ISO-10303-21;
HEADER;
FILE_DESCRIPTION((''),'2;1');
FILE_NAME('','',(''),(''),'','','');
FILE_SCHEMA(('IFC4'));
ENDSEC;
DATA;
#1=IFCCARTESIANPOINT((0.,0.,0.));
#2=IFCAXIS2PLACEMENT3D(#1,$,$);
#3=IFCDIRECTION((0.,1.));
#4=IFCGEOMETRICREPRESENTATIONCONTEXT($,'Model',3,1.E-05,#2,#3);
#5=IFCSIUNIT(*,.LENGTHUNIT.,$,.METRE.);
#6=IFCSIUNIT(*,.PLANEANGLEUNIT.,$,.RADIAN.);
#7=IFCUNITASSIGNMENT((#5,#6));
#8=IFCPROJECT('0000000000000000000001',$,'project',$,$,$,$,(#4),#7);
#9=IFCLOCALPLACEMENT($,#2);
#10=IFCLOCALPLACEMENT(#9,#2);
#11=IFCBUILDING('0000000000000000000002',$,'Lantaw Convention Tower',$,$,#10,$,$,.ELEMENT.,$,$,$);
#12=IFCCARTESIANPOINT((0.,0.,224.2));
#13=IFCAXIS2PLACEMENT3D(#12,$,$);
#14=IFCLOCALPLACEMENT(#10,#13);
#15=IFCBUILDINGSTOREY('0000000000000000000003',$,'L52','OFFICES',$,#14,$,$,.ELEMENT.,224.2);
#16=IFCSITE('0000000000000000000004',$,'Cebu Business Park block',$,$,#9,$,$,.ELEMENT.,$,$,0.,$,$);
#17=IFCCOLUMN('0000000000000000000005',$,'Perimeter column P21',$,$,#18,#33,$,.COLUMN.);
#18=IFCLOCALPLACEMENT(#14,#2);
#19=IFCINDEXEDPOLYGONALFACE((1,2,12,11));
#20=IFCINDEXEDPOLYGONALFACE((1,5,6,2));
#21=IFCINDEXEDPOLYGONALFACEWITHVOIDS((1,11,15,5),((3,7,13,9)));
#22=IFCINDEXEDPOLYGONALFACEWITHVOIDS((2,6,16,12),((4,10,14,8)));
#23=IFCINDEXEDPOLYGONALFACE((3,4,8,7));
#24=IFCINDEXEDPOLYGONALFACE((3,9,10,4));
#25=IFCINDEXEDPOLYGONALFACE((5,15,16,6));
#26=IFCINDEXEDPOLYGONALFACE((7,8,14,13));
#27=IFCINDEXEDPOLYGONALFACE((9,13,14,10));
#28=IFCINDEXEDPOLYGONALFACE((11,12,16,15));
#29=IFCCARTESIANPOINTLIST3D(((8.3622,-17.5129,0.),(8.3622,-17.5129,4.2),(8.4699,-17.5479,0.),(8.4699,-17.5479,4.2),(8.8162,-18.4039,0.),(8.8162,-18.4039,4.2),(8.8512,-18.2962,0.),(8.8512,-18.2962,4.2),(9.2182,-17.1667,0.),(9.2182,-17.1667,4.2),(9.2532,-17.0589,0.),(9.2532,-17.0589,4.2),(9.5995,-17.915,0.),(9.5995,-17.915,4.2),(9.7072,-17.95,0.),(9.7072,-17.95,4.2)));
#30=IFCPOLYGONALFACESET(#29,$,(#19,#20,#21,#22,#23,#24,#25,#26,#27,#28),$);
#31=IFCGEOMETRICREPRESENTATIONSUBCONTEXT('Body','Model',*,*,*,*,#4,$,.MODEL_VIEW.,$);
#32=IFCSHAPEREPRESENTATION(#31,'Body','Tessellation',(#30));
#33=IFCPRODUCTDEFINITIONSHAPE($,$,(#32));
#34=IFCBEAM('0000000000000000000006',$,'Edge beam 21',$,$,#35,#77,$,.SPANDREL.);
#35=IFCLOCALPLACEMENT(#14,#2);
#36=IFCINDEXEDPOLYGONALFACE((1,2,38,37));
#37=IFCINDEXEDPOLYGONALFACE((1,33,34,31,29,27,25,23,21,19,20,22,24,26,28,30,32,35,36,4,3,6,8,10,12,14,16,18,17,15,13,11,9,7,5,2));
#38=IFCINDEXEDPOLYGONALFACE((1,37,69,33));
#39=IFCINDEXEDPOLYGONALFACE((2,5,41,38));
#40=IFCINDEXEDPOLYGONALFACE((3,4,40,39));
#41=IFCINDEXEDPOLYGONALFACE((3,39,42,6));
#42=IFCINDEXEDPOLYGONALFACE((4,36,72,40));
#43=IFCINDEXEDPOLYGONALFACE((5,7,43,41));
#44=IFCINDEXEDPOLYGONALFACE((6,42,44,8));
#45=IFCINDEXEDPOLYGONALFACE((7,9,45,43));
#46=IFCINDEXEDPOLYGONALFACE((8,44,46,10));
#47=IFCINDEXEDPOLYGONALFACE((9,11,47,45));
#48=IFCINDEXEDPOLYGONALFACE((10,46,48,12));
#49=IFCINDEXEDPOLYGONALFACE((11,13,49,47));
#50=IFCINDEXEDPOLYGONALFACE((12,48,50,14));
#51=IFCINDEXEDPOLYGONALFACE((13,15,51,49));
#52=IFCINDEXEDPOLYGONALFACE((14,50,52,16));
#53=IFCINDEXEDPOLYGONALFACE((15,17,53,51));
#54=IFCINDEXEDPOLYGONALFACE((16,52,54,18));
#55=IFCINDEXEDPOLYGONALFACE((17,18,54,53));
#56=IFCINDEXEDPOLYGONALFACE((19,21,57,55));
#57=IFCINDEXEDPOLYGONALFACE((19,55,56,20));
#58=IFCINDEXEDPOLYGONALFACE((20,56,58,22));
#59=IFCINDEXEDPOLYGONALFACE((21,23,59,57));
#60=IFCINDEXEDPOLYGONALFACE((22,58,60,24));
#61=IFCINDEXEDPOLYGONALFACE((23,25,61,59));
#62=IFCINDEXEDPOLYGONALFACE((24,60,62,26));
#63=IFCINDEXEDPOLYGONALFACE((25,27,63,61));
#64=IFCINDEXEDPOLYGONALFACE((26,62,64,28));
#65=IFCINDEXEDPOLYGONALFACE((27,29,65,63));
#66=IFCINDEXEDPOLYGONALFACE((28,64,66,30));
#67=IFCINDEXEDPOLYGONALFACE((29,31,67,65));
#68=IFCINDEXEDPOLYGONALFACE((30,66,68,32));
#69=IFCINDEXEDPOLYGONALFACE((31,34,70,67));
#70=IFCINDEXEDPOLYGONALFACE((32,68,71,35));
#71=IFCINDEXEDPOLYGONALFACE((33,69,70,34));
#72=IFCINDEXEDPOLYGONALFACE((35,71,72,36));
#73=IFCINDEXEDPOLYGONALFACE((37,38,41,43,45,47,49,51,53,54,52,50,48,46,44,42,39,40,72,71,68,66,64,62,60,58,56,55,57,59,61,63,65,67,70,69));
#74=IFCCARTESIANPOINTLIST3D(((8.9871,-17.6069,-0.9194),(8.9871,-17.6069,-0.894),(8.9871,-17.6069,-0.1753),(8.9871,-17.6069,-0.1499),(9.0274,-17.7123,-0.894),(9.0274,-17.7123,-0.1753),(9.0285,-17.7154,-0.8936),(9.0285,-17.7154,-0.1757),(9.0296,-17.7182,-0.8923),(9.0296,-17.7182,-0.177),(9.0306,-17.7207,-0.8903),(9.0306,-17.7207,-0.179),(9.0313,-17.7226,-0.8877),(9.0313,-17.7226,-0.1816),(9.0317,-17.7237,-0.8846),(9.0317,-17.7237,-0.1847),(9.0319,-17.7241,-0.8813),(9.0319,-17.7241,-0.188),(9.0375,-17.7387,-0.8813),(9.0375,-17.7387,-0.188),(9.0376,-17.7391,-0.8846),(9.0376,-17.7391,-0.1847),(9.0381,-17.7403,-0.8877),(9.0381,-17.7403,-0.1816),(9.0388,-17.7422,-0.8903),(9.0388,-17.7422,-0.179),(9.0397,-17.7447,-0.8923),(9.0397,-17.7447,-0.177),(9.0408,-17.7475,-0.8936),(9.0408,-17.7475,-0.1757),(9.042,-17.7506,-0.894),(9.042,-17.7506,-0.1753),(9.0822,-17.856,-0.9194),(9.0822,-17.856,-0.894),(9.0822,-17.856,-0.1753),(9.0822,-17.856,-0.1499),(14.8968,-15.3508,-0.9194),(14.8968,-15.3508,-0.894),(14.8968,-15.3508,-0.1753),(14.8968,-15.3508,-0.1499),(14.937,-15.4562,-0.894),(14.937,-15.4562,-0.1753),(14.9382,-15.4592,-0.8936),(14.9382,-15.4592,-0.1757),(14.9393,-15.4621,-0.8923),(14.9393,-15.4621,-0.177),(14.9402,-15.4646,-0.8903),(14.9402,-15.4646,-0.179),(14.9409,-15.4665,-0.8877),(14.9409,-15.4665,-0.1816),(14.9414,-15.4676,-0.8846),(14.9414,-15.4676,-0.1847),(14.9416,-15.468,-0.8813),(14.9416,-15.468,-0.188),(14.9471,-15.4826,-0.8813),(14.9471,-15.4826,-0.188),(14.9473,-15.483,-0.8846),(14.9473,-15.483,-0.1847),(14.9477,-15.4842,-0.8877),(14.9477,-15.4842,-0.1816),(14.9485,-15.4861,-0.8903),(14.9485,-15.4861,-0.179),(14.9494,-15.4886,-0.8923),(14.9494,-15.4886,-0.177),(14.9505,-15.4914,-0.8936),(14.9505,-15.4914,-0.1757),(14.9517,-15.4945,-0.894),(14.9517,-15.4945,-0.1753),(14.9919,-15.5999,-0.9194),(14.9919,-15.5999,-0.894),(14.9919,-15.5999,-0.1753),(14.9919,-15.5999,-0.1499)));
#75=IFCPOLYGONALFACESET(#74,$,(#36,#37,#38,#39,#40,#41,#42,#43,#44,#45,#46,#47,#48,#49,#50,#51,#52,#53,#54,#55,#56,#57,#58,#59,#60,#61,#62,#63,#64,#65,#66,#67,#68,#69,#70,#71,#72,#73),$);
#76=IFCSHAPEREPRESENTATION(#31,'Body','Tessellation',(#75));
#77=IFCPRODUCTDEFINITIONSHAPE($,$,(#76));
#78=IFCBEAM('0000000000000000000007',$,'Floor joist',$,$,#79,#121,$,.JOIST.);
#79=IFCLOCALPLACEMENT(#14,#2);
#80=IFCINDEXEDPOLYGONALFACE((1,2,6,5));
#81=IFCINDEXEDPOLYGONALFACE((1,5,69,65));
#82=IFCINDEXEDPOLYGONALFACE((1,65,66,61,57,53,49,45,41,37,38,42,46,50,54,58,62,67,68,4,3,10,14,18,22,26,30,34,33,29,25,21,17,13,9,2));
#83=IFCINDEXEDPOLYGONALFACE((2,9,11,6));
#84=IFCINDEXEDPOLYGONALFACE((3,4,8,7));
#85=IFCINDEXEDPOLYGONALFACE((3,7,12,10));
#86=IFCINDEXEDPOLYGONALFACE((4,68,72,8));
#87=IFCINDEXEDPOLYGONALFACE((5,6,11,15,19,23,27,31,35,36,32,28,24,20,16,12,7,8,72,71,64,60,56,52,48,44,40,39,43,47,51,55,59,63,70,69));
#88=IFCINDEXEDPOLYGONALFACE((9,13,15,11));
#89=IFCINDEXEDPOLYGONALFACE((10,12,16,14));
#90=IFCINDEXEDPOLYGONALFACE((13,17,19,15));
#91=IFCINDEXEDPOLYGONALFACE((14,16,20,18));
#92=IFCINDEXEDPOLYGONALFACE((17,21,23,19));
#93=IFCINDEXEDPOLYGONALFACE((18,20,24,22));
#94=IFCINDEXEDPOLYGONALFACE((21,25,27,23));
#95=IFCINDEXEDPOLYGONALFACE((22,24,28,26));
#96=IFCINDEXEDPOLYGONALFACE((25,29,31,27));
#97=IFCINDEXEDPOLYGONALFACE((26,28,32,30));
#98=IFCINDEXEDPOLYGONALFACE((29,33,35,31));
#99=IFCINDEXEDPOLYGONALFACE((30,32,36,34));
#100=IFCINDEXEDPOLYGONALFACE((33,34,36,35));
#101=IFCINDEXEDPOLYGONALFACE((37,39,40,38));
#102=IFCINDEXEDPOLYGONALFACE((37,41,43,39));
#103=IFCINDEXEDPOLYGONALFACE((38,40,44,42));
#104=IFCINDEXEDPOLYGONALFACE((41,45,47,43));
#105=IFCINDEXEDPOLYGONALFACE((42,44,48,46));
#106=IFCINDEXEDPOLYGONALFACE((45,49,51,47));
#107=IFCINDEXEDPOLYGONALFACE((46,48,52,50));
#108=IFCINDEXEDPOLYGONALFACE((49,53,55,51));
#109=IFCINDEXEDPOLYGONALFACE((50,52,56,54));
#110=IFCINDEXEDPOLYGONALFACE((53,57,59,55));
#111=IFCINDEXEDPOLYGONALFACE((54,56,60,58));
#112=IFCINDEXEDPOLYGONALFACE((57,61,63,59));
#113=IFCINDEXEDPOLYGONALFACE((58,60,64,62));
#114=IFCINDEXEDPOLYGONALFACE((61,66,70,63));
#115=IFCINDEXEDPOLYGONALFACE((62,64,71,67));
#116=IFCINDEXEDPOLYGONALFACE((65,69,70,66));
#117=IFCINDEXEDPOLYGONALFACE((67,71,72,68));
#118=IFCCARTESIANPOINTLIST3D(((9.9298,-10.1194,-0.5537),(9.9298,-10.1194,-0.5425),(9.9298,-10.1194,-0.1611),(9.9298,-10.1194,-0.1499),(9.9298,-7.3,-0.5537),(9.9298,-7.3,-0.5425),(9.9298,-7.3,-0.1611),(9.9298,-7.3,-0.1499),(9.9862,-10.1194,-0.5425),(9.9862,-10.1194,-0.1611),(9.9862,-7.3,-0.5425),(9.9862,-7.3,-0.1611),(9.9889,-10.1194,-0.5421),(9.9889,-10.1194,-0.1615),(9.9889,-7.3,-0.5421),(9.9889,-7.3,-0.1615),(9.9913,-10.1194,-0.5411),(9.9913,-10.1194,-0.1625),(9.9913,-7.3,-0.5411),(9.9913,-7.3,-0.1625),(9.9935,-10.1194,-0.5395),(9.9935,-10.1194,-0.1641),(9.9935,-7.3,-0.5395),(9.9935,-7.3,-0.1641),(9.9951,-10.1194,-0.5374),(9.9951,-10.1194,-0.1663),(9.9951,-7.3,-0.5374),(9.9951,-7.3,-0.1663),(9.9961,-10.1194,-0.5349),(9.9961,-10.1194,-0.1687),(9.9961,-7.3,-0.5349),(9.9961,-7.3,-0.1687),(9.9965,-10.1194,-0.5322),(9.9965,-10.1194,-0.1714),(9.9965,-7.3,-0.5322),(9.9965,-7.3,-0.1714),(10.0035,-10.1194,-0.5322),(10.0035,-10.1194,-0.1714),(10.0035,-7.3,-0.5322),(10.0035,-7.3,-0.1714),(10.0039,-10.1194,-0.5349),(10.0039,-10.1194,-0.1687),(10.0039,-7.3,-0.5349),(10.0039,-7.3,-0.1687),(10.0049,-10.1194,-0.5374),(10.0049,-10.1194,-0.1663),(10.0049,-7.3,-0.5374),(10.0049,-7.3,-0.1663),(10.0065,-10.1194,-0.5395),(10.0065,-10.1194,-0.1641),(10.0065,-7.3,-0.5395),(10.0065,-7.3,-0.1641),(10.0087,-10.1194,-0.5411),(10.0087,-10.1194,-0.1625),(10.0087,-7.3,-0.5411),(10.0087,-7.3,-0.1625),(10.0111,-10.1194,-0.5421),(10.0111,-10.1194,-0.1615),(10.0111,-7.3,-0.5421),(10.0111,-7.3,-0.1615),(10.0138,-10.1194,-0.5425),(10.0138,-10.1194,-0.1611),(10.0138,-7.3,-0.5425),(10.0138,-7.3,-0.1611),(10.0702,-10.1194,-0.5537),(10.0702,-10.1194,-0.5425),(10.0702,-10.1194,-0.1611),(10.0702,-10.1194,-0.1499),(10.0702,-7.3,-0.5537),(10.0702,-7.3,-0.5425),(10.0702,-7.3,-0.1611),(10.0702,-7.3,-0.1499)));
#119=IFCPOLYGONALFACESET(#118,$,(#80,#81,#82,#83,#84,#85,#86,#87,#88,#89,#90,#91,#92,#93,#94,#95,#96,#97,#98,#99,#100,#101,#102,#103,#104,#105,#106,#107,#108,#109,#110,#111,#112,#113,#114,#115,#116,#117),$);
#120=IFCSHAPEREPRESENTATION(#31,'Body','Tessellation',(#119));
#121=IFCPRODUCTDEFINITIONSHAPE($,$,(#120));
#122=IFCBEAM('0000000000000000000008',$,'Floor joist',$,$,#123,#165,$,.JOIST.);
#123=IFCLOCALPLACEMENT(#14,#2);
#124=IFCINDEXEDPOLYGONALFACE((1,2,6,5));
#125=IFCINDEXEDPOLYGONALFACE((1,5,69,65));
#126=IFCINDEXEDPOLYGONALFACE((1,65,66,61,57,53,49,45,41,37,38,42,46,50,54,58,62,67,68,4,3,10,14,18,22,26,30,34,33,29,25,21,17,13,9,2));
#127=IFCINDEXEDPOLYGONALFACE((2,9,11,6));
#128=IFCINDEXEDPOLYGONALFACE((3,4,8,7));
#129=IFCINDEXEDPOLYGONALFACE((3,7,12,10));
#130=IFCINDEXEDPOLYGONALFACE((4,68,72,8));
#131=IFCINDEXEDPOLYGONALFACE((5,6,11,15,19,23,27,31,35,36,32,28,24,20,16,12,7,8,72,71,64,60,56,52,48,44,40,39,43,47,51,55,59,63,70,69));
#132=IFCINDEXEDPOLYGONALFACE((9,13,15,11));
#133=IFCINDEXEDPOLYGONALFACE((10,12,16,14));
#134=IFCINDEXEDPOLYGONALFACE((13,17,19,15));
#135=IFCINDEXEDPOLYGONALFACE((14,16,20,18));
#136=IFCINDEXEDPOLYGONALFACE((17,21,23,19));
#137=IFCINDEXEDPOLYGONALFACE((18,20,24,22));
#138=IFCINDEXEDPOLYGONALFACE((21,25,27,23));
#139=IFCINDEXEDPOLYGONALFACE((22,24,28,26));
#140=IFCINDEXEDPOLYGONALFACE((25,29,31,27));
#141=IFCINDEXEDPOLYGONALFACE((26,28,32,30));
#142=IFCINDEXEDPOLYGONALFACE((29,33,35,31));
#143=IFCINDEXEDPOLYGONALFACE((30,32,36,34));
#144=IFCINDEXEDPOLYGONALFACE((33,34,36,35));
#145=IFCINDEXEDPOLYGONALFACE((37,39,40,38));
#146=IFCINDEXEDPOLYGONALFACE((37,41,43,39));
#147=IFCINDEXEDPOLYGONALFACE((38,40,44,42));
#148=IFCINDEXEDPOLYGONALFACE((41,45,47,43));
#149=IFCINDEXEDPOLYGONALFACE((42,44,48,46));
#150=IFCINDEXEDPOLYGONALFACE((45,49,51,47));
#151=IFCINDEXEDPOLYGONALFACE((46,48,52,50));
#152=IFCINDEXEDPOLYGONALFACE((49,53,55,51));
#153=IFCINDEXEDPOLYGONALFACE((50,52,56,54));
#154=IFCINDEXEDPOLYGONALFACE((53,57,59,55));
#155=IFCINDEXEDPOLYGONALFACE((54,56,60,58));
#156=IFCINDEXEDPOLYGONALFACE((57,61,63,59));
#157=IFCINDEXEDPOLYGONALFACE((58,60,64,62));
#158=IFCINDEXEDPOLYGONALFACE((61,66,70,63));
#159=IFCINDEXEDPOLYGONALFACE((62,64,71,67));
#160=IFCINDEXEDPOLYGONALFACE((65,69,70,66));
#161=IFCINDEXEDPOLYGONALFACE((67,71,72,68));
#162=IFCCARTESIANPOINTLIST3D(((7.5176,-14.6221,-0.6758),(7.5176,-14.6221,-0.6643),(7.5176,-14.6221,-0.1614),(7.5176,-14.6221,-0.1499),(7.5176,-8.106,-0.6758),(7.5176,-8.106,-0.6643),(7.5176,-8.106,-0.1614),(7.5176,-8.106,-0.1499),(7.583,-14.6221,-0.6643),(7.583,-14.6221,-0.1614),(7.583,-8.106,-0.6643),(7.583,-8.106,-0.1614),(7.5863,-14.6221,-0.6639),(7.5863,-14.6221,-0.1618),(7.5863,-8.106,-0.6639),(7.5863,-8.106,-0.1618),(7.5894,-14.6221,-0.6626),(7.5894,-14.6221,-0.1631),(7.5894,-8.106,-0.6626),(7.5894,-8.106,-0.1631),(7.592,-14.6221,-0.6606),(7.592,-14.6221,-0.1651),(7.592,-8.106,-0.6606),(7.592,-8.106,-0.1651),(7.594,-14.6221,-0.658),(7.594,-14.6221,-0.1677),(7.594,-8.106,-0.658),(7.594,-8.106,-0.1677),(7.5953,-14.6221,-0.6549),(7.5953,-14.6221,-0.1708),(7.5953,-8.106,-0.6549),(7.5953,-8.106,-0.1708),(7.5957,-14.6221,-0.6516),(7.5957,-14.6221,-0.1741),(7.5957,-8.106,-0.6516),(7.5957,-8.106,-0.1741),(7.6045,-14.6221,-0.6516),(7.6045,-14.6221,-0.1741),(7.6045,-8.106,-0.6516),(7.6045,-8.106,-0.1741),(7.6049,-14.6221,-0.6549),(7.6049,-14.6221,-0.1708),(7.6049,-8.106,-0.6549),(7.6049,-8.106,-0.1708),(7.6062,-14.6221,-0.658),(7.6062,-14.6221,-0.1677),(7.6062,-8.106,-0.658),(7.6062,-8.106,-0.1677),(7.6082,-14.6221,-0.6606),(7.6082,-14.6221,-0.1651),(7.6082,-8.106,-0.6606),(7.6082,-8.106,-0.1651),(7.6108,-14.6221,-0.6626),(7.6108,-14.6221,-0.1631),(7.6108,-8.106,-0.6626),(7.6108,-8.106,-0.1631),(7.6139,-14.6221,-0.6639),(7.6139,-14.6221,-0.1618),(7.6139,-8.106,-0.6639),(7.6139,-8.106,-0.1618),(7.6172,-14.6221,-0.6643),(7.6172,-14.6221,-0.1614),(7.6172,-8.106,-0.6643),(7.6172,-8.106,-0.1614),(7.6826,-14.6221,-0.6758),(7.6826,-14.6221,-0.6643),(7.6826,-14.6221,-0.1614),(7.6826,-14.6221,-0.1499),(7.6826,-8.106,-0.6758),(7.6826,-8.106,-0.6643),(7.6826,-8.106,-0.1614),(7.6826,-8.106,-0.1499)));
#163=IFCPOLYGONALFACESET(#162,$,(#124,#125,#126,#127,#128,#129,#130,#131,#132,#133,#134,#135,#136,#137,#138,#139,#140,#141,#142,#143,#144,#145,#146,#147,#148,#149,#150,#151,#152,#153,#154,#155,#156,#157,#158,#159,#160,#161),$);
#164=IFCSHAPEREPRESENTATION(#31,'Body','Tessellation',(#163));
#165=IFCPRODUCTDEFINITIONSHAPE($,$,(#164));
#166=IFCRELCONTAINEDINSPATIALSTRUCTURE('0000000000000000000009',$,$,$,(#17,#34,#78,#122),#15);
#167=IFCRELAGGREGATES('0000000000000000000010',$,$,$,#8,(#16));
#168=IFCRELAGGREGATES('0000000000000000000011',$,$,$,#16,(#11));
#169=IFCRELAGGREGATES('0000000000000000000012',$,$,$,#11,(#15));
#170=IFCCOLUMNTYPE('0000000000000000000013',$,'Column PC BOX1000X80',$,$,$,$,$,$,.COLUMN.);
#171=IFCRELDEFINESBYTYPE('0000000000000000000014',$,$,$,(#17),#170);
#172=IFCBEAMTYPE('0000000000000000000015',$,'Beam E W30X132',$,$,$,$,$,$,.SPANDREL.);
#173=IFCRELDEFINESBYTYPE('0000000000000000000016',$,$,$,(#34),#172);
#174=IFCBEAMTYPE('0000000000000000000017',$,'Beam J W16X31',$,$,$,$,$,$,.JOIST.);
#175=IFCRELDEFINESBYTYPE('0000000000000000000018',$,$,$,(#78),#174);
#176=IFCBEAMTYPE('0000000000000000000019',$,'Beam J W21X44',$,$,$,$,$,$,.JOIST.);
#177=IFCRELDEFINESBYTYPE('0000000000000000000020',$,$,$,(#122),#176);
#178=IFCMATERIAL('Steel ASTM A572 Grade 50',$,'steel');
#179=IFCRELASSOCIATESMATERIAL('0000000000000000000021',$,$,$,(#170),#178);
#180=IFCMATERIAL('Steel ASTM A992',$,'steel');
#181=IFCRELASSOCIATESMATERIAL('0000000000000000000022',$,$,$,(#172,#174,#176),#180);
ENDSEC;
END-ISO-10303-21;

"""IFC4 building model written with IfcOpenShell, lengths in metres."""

from ifc_helpers import new_model, si_unit, direction, frame, origin, origin_2d, place, context, subcontext, project, spatial, rectangle, hollow_rectangle, i_section, extrude, material, material_profile, profile_set, type_object, element, save


model = new_model("IFC4")

# Units and contexts
model_context = context("Model", 3, precision=1e-05, world=origin(), true_north=direction((0.0, 1.0)))
body_context = subcontext(model_context, "Body", "Model", "MODEL_VIEW")
ifc_project = project(units=[si_unit("LENGTHUNIT", "METRE"), si_unit("PLANEANGLEUNIT", "RADIAN")], contexts=[model_context])

# Site, building, storey
site_placement = place(None, origin())
site = spatial("IfcSite", under=ifc_project, at=site_placement, Name="Cebu Business Park block", CompositionType="ELEMENT", RefElevation=0.0)
building_placement = place(site_placement, origin())
building = spatial("IfcBuilding", under=site, at=building_placement, Name="Lantaw Convention Tower", CompositionType="ELEMENT")
storey_placement = place(building_placement, frame((0.0, 0.0, 224.2)))
storey = spatial("IfcBuildingStorey", under=building, at=storey_placement, Name="L52", Description="OFFICES", CompositionType="ELEMENT", Elevation=224.2)

# Column
ifc_material_1 = material(Name="Steel ASTM A572 Grade 50", Category="steel")
ifc_material_profile_1 = material_profile(ifc_material_1, hollow_rectangle(XDim=1.0, YDim=1.0, WallThickness=0.0801, at=origin_2d()), Name="BOX1000X80")
ifc_material_2 = material(Name="Concrete C60/75", Category="concrete")
ifc_material_profile_2 = material_profile(ifc_material_2, rectangle(XDim=0.8401, YDim=0.8401, at=origin_2d()), Name="Concrete fill of BOX1000X80")
ifc_profile_set_1 = profile_set([ifc_material_profile_1, ifc_material_profile_2], Name="Steel ASTM A572 Grade 50")
column_type = type_object("IfcColumnType", Name="Column PC BOX1000X80", PredefinedType="COLUMN", material=ifc_profile_set_1)
column_placement = place(storey_placement, frame((9.0347, -17.7314, 0.0), z_axis=(0.0, 0.0, 1.0), x_axis=(0.891007, 0.45399, 0.0)))
element("IfcColumn", 1, at=column_placement, inside=storey, type_object=column_type, Name="Perimeter column P21", PredefinedType="COLUMN", context=body_context, shape_type="SweptSolid", body=[
    extrude(hollow_rectangle(XDim=1.0, YDim=1.0, WallThickness=0.0801, at=origin_2d()), origin(), (0.0, 0.0, 1.0), 4.2),
])

# Beams
ifc_material_3 = material(Name="Steel ASTM A992", Category="steel")
ifc_material_profile_3 = material_profile(ifc_material_3, i_section(OverallWidth=0.2666, OverallDepth=0.7695, WebThickness=0.0156, FlangeThickness=0.0254, FilletRadius=0.0127, at=origin_2d()), Name="W30X132")
ifc_profile_set_2 = profile_set([ifc_material_profile_3], Name="Steel ASTM A992")
beam_type_1 = type_object("IfcBeamType", Name="Beam E W30X132", PredefinedType="SPANDREL", material=ifc_profile_set_2)
beam_1_placement = place(storey_placement, frame((9.0347, -17.7314, -0.5347), z_axis=(0.934235, 0.356658, 0.0), x_axis=(-0.356658, 0.934235, 0.0)))
element("IfcBeam", 2, at=beam_1_placement, inside=storey, type_object=beam_type_1, Name="Edge beam 21", PredefinedType="SPANDREL", context=body_context, shape_type="SweptSolid", body=[
    extrude(i_section(OverallWidth=0.2666, OverallDepth=0.7695, WebThickness=0.0156, FlangeThickness=0.0254, FilletRadius=0.0127, at=origin_2d()), origin(), (0.0, 0.0, 1.0), 6.3257),
])
ifc_material_profile_4 = material_profile(ifc_material_3, i_section(OverallWidth=0.1404, OverallDepth=0.4038, WebThickness=0.0071, FlangeThickness=0.0112, FilletRadius=0.0103, at=origin_2d()), Name="W16X31")
ifc_profile_set_3 = profile_set([ifc_material_profile_4], Name="Steel ASTM A992")
beam_type_2 = type_object("IfcBeamType", Name="Beam J W16X31", PredefinedType="JOIST", material=ifc_profile_set_3)
beam_2_placement = place(storey_placement, frame((10.0, -10.1194, -0.3518), z_axis=(0.0, 1.0, 0.0), x_axis=(-1.0, 0.0, 0.0)))
element("IfcBeam", 3, at=beam_2_placement, inside=storey, type_object=beam_type_2, Name="Floor joist", PredefinedType="JOIST", context=body_context, shape_type="SweptSolid", body=[
    extrude(i_section(OverallWidth=0.1404, OverallDepth=0.4038, WebThickness=0.0071, FlangeThickness=0.0112, FilletRadius=0.0103, at=origin_2d()), origin(), (0.0, 0.0, 1.0), 2.8193),
])
ifc_material_profile_5 = material_profile(ifc_material_3, i_section(OverallWidth=0.165, OverallDepth=0.5259, WebThickness=0.0088, FlangeThickness=0.0115, FilletRadius=0.0127, at=origin_2d()), Name="W21X44")
ifc_profile_set_4 = profile_set([ifc_material_profile_5], Name="Steel ASTM A992")
beam_type_3 = type_object("IfcBeamType", Name="Beam J W21X44", PredefinedType="JOIST", material=ifc_profile_set_4)
beam_3_placement = place(storey_placement, frame((7.6001, -14.6221, -0.4128), z_axis=(0.0, 1.0, 0.0), x_axis=(-1.0, 0.0, 0.0)))
element("IfcBeam", 4, at=beam_3_placement, inside=storey, type_object=beam_type_3, Name="Floor joist", PredefinedType="JOIST", context=body_context, shape_type="SweptSolid", body=[
    extrude(i_section(OverallWidth=0.165, OverallDepth=0.5259, WebThickness=0.0088, FlangeThickness=0.0115, FilletRadius=0.0127, at=origin_2d()), origin(), (0.0, 0.0, 1.0), 6.5161),
])

save(model, "model.ifc")
